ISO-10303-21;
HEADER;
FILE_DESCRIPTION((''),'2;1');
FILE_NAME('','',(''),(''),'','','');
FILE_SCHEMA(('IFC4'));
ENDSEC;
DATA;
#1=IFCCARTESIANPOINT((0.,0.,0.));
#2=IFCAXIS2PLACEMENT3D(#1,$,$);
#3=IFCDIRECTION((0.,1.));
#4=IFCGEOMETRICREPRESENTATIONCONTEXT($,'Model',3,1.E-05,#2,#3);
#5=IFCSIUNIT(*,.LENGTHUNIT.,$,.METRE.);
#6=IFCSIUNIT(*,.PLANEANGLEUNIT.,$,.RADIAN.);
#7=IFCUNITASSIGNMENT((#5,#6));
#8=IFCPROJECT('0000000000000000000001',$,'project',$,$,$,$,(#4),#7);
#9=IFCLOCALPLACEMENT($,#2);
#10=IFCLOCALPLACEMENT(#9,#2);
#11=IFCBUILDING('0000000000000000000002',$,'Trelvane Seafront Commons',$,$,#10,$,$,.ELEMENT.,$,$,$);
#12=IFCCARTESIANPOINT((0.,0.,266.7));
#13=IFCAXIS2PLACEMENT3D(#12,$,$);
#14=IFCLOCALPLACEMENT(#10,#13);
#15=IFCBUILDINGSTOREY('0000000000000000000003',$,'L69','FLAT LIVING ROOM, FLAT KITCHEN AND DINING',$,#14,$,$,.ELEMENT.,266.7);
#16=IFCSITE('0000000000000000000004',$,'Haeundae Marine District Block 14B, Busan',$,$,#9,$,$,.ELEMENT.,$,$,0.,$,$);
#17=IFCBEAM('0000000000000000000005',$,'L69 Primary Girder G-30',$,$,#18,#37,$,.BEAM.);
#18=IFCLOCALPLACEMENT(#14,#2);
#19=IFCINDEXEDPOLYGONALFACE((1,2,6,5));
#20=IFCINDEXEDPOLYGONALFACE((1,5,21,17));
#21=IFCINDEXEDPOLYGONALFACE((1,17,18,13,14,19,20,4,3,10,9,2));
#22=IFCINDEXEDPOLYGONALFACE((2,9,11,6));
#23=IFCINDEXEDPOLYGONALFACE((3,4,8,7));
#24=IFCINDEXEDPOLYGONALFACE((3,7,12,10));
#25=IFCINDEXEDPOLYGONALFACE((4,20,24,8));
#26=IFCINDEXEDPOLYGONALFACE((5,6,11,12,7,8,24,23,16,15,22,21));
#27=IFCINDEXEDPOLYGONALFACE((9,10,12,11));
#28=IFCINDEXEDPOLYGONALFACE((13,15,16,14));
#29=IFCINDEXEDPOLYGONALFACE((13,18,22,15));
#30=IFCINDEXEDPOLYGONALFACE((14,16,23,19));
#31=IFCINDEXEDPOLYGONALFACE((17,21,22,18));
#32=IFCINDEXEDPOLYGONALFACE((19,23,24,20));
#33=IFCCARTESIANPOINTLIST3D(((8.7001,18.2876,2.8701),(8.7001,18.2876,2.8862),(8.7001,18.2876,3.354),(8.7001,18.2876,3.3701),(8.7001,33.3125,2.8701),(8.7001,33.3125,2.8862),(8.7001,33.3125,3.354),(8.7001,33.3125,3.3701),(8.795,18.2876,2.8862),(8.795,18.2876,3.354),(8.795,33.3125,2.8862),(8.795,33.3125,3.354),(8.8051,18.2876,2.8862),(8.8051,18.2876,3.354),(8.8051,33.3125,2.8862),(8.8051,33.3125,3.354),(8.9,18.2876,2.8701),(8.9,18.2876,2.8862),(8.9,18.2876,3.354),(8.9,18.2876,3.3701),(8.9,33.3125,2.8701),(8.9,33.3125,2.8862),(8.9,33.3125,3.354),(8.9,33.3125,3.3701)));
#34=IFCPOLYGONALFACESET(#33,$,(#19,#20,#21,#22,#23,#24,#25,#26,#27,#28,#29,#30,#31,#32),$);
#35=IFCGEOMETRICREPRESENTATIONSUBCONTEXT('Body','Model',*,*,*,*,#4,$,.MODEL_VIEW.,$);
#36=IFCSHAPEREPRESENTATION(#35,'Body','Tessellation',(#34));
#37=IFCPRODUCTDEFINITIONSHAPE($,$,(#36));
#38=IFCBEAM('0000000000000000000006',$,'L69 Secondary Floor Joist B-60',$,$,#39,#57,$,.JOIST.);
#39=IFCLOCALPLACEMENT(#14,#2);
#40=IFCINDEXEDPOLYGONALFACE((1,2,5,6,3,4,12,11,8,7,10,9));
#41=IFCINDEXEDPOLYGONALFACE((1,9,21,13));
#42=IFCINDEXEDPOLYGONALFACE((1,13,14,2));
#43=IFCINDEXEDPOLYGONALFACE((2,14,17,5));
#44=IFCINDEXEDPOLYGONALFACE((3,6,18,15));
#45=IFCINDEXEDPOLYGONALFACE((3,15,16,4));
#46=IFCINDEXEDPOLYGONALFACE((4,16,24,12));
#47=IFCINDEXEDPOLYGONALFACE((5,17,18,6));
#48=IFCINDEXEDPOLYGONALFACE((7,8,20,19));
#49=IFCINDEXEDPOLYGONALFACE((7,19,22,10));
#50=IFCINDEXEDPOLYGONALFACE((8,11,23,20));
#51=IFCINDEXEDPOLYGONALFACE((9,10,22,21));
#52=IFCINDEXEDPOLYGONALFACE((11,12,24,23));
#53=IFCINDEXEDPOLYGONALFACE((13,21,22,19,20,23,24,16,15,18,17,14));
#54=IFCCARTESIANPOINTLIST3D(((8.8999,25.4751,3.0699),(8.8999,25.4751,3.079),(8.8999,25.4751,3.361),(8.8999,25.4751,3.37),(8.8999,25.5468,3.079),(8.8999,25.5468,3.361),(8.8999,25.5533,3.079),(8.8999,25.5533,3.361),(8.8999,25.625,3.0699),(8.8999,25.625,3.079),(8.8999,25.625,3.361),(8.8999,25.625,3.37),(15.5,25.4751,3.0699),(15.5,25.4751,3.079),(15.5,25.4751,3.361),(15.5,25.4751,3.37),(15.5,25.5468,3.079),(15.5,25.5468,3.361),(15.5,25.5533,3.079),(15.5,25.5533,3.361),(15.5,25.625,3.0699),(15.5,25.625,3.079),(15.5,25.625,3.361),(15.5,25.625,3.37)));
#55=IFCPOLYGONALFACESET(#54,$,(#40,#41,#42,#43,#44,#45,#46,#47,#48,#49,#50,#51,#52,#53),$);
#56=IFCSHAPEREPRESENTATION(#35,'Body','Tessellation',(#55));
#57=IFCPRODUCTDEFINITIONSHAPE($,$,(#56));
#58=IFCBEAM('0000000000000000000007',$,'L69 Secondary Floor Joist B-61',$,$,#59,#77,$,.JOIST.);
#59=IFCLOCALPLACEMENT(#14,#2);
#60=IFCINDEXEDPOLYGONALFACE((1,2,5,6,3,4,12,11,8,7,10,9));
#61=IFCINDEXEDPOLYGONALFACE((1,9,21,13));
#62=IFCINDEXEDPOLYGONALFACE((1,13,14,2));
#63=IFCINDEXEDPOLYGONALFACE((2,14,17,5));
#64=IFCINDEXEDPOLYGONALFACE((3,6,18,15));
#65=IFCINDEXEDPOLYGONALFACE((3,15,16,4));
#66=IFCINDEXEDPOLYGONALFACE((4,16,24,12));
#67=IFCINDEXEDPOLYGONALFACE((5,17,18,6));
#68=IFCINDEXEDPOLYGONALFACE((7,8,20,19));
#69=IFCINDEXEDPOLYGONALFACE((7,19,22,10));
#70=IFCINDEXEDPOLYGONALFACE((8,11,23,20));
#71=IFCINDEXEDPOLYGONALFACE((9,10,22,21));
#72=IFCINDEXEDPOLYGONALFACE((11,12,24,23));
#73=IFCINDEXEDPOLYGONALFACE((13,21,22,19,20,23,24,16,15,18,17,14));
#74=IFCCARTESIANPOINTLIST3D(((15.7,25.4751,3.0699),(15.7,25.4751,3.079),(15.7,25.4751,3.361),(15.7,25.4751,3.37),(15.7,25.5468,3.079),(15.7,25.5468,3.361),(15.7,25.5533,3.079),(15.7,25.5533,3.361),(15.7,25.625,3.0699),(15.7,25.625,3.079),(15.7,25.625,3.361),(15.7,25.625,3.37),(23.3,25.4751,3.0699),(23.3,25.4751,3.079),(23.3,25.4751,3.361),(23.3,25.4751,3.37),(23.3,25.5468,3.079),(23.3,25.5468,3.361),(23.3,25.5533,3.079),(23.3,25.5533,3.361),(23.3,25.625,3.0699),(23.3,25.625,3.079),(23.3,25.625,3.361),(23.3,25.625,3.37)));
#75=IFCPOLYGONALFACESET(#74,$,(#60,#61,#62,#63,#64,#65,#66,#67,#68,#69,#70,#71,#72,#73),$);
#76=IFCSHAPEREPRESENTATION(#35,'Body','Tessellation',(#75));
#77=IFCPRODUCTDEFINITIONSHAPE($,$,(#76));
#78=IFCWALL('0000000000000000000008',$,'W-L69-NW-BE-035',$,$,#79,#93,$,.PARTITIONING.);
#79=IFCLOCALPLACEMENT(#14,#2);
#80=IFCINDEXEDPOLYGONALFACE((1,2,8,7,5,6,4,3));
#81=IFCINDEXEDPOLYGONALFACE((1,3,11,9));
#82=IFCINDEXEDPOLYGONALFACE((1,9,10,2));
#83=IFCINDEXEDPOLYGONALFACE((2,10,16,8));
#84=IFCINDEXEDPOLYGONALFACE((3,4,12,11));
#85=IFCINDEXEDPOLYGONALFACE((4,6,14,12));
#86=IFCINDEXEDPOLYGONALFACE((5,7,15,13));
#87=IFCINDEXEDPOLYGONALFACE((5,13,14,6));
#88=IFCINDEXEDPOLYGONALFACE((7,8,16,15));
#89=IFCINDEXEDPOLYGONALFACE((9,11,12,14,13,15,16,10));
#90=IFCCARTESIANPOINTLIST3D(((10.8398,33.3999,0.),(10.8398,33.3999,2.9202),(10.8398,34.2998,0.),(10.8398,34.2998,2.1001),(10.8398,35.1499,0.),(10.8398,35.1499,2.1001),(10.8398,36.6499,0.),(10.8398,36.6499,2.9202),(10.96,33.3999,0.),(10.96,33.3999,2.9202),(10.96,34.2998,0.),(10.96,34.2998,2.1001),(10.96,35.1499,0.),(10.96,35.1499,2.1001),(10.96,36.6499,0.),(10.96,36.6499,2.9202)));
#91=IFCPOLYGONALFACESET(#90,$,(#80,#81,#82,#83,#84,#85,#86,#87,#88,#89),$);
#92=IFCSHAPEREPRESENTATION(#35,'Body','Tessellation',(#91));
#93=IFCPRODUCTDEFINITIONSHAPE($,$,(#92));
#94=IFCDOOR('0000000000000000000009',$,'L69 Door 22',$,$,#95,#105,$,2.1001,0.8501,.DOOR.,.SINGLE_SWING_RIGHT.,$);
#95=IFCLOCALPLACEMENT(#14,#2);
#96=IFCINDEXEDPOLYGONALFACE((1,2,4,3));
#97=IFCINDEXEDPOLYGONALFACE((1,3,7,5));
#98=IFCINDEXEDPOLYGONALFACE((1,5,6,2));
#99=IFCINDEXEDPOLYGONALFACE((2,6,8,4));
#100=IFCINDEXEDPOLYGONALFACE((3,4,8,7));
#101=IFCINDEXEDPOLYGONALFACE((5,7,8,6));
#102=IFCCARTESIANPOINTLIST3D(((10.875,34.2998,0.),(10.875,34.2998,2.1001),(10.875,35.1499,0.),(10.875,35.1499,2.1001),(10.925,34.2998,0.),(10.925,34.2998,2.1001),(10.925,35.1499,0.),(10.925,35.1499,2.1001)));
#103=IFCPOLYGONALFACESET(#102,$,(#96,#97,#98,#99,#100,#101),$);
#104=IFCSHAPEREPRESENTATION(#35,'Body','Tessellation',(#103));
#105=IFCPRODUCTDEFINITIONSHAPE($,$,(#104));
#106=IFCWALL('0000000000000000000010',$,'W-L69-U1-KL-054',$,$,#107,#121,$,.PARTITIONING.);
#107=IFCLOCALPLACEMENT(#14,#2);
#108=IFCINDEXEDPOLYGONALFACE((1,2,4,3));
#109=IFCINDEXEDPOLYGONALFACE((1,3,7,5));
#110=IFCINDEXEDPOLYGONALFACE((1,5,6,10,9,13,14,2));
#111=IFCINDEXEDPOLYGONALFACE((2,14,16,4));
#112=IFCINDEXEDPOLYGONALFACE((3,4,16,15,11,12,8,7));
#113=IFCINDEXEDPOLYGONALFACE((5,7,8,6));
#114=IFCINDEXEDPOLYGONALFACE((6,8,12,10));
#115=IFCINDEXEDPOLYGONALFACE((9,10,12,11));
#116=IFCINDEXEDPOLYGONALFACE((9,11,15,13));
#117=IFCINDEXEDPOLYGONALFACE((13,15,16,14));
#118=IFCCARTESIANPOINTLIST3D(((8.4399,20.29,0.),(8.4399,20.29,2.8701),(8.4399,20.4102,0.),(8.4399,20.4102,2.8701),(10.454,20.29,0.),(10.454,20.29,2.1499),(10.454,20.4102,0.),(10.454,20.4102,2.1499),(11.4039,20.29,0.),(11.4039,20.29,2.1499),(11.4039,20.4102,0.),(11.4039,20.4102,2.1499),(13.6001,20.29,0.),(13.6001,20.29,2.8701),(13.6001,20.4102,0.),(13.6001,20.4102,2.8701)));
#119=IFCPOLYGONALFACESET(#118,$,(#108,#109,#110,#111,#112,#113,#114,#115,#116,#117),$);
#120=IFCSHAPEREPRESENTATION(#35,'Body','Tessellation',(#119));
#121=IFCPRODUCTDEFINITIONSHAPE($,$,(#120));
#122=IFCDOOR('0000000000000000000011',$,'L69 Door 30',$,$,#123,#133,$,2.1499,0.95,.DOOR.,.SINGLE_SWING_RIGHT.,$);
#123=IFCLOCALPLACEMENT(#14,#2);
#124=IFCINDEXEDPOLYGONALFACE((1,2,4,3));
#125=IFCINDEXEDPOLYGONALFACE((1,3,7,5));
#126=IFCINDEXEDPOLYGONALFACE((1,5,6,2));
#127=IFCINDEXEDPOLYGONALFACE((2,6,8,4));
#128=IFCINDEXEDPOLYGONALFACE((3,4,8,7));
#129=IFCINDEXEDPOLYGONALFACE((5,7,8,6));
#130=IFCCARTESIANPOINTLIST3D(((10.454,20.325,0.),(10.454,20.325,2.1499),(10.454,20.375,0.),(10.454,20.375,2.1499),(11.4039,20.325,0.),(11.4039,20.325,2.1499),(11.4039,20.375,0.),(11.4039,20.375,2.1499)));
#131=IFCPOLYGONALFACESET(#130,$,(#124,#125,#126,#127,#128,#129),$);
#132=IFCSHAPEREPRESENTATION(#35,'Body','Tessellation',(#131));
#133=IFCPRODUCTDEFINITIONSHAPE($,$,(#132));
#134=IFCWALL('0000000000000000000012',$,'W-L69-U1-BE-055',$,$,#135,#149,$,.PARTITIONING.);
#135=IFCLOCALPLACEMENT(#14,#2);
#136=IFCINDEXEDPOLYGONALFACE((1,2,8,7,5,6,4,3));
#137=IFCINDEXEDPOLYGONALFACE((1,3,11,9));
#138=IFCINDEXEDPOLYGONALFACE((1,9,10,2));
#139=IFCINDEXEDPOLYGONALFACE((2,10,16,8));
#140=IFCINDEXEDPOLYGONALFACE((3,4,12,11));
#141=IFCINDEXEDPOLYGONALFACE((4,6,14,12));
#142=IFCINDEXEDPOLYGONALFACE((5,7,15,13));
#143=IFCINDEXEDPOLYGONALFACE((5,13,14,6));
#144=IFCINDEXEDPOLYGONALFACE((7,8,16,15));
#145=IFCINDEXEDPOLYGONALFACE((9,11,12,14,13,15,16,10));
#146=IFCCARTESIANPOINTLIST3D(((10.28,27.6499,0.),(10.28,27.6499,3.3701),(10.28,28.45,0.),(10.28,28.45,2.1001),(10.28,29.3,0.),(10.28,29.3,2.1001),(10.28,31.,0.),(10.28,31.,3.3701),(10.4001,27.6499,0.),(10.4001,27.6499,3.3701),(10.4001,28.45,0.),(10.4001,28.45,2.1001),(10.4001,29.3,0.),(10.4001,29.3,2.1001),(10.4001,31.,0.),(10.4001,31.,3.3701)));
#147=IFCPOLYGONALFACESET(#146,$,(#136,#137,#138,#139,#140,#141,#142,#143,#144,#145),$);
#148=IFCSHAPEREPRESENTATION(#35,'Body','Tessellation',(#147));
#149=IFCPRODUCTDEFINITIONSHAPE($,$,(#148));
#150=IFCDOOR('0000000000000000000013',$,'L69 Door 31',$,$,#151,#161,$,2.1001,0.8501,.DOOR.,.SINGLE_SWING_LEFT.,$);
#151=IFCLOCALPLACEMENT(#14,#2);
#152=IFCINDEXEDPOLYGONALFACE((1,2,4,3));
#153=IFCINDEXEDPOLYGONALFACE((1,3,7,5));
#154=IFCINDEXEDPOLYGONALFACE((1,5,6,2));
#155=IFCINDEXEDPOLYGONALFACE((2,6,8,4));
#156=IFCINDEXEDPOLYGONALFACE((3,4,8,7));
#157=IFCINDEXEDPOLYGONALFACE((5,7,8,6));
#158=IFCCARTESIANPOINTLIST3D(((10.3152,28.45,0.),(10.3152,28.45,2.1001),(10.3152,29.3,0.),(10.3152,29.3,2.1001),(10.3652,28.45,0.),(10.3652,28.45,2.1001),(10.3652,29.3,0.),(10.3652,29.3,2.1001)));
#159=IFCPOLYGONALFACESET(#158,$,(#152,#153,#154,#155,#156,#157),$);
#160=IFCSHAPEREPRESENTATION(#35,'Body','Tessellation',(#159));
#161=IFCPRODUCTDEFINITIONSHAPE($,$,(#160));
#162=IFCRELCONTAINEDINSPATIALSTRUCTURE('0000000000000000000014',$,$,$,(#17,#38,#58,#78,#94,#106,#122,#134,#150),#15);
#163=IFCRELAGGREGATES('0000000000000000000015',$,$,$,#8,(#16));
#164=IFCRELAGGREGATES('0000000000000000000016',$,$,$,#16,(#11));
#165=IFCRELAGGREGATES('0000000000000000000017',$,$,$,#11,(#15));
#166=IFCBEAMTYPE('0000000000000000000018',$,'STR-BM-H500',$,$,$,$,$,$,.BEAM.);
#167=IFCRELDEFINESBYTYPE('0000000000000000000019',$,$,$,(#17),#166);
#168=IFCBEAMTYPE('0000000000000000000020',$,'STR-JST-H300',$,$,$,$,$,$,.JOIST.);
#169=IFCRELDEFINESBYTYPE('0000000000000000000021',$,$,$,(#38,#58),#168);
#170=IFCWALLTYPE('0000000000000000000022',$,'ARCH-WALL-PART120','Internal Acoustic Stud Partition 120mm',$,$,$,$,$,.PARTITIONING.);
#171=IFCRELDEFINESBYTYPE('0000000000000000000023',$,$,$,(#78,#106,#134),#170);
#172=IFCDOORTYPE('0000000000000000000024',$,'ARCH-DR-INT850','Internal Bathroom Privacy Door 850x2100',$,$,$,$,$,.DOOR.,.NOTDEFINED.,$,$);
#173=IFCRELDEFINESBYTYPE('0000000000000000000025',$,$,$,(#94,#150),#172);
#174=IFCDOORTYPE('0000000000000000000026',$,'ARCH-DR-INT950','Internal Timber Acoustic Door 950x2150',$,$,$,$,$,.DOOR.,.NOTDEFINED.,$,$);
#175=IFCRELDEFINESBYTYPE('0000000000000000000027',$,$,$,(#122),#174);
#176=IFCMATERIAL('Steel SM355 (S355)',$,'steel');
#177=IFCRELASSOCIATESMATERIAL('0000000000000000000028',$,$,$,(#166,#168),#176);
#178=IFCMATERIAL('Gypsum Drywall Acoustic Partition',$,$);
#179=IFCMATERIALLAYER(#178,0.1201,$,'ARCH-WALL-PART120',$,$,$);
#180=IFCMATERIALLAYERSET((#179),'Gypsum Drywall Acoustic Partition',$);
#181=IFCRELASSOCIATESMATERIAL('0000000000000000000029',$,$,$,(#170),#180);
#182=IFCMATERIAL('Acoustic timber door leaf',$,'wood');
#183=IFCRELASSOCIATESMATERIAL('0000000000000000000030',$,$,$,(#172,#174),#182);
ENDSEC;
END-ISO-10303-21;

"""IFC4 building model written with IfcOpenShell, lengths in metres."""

from ifc_helpers import new_model, si_unit, direction, frame, frame_2d, origin, origin_2d, place, context, subcontext, project, spatial, rectangle, i_section, extrude, source, transform, mapped, material, layer, layer_set, material_profile, profile_set, type_object, element, fill, save


model = new_model("IFC4")

# Units and contexts
model_context = context("Model", 3, precision=1e-05, world=origin(), true_north=direction((0.0, 1.0)))
body_context = subcontext(model_context, "Body", "Model", "MODEL_VIEW")
ifc_project = project(units=[si_unit("LENGTHUNIT", "METRE"), si_unit("PLANEANGLEUNIT", "RADIAN")], contexts=[model_context])

# Site, building, storey
site_placement = place(None, origin())
site = spatial("IfcSite", under=ifc_project, at=site_placement, Name="Haeundae Marine District Block 14B, Busan", CompositionType="ELEMENT", RefElevation=0.0)
building_placement = place(site_placement, origin())
building = spatial("IfcBuilding", under=site, at=building_placement, Name="Trelvane Seafront Commons", CompositionType="ELEMENT")
storey_placement = place(building_placement, frame((0.0, 0.0, 266.7)))
storey = spatial("IfcBuildingStorey", under=building, at=storey_placement, Name="L69", Description="FLAT LIVING ROOM, FLAT KITCHEN AND DINING", CompositionType="ELEMENT", Elevation=266.7)

# Shared definitions
ifc_material_1 = material(Name="Steel SM355 (S355)", Category="steel")

# Beams
ifc_material_profile_1 = material_profile(ifc_material_1, i_section(OverallWidth=0.2, OverallDepth=0.5, WebThickness=0.01, FlangeThickness=0.0161, at=origin_2d()), Name="H-500x200x10x16")
ifc_profile_set_1 = profile_set([ifc_material_profile_1], Name="Steel SM355 (S355)")
beam_type_1 = type_object("IfcBeamType", Name="STR-BM-H500", PredefinedType="BEAM", material=ifc_profile_set_1)
shared_shape_1 = source(origin(), body_context, "Body", "SweptSolid", [
    extrude(i_section(OverallWidth=0.2, OverallDepth=0.5, WebThickness=0.01, FlangeThickness=0.0161, at=origin_2d()), origin(), (0.0, 0.0, 1.0), 15.0249),
])
beam_1_placement = place(storey_placement, frame((8.8, 18.2876, 3.1201), z_axis=(0.0, 1.0, 0.0), x_axis=(-1.0, 0.0, 0.0)))
element("IfcBeam", 1, at=beam_1_placement, inside=storey, type_object=beam_type_1, Name="L69 Primary Girder G-30", PredefinedType="BEAM", context=body_context, shape_type="MappedRepresentation", body=[
    mapped(shared_shape_1, transform((0.0, 0.0, 0.0), x_axis=(1.0, 0.0, 0.0), y_axis=(0.0, 1.0, 0.0), z_axis=(0.0, 0.0, 1.0), scale=1.0)),
])
ifc_material_profile_2 = material_profile(ifc_material_1, i_section(OverallWidth=0.1499, OverallDepth=0.3, WebThickness=0.0066, FlangeThickness=0.009, at=origin_2d()), Name="H-300x150x6.5x9")
ifc_profile_set_2 = profile_set([ifc_material_profile_2], Name="Steel SM355 (S355)")
beam_type_2 = type_object("IfcBeamType", Name="STR-JST-H300", PredefinedType="JOIST", material=ifc_profile_set_2)
shared_shape_2 = source(origin(), body_context, "Body", "SweptSolid", [
    extrude(i_section(OverallWidth=0.1499, OverallDepth=0.3, WebThickness=0.0066, FlangeThickness=0.009, at=origin_2d()), origin(), (0.0, 0.0, 1.0), 6.6001),
])
beam_2_placement = place(storey_placement, frame((8.8999, 25.55, 3.22), z_axis=(1.0, 0.0, 0.0), x_axis=(0.0, 1.0, 0.0)))
element("IfcBeam", 2, at=beam_2_placement, inside=storey, type_object=beam_type_2, Name="L69 Secondary Floor Joist B-60", PredefinedType="JOIST", context=body_context, shape_type="MappedRepresentation", body=[
    mapped(shared_shape_2, transform((0.0, 0.0, 0.0), x_axis=(1.0, 0.0, 0.0), y_axis=(0.0, 1.0, 0.0), z_axis=(0.0, 0.0, 1.0), scale=1.0)),
])
shared_shape_3 = source(origin(), body_context, "Body", "SweptSolid", [
    extrude(i_section(OverallWidth=0.1499, OverallDepth=0.3, WebThickness=0.0066, FlangeThickness=0.009, at=origin_2d()), origin(), (0.0, 0.0, 1.0), 7.6001),
])
beam_3_placement = place(storey_placement, frame((15.7, 25.55, 3.22), z_axis=(1.0, 0.0, 0.0), x_axis=(0.0, 1.0, 0.0)))
element("IfcBeam", 3, at=beam_3_placement, inside=storey, type_object=beam_type_2, Name="L69 Secondary Floor Joist B-61", PredefinedType="JOIST", context=body_context, shape_type="MappedRepresentation", body=[
    mapped(shared_shape_3, transform((0.0, 0.0, 0.0), x_axis=(1.0, 0.0, 0.0), y_axis=(0.0, 1.0, 0.0), z_axis=(0.0, 0.0, 1.0), scale=1.0)),
])

# Walls, openings, doors
ifc_material_2 = material(Name="Gypsum Drywall Acoustic Partition")
ifc_layer_1 = layer(ifc_material_2, 0.1201, Name="ARCH-WALL-PART120")
ifc_layer_set_1 = layer_set([ifc_layer_1], Name="Gypsum Drywall Acoustic Partition")
wall_type_1 = type_object("IfcWallType", Name="ARCH-WALL-PART120", Description="Internal Acoustic Stud Partition 120mm", PredefinedType="PARTITIONING", material=ifc_layer_set_1)
wall_1_placement = place(storey_placement, frame((10.8999, 33.3999, 0.0), z_axis=(0.0, 0.0, 1.0), x_axis=(0.0, 1.0, 0.0)))
wall_1 = element("IfcWall", 4, at=wall_1_placement, inside=storey, type_object=wall_type_1, Name="W-L69-NW-BE-035", PredefinedType="PARTITIONING", context=body_context, shape_type="SweptSolid", body=[
    extrude(rectangle(XDim=3.25, YDim=0.1201, at=frame_2d((1.625, 0.0))), origin(), (0.0, 0.0, 1.0), 2.9202),
])
opening_1_placement = place(wall_1_placement, frame((0.8999, 0.0, 0.0)))
opening_1 = element("IfcOpeningElement", 5, at=opening_1_placement, cuts=wall_1, PredefinedType="OPENING", context=body_context, shape_type="SweptSolid", body=[
    extrude(rectangle(XDim=0.8501, YDim=2.1001, at=frame_2d((0.425, 1.05))), frame((0.0, 0.0701, 0.0), z_axis=(0.0, -1.0, 0.0), x_axis=(1.0, 0.0, 0.0)), (0.0, 0.0, 1.0), 0.1401),
])
ifc_material_3 = material(Name="Acoustic timber door leaf", Category="wood")
door_type_1 = type_object("IfcDoorType", Name="ARCH-DR-INT850", Description="Internal Bathroom Privacy Door 850x2100", OperationType="NOTDEFINED", PredefinedType="DOOR", material=ifc_material_3)
shared_shape_4 = source(origin(), body_context, "Body", "SweptSolid", [
    extrude(rectangle(XDim=0.8501, YDim=2.1001, at=frame_2d((0.425, 1.05))), frame((0.0, 0.0249, 0.0), z_axis=(0.0, -1.0, 0.0), x_axis=(1.0, 0.0, 0.0)), (0.0, 0.0, 1.0), 0.05),
])
door_1_placement = place(opening_1_placement, origin())
door_1 = element("IfcDoor", 6, at=door_1_placement, inside=storey, type_object=door_type_1, Name="L69 Door 22", OperationType="SINGLE_SWING_RIGHT", OverallHeight=2.1001, OverallWidth=0.8501, PredefinedType="DOOR", context=body_context, shape_type="MappedRepresentation", body=[
    mapped(shared_shape_4, transform((0.0, 0.0, 0.0), x_axis=(1.0, 0.0, 0.0), y_axis=(0.0, 1.0, 0.0), z_axis=(0.0, 0.0, 1.0), scale=1.0)),
])
fill(opening_1, door_1)
wall_2_placement = place(storey_placement, frame((8.4399, 20.3501, 0.0), z_axis=(0.0, 0.0, 1.0), x_axis=(1.0, 0.0, 0.0)))
wall_2 = element("IfcWall", 7, at=wall_2_placement, inside=storey, type_object=wall_type_1, Name="W-L69-U1-KL-054", PredefinedType="PARTITIONING", context=body_context, shape_type="SweptSolid", body=[
    extrude(rectangle(XDim=5.1602, YDim=0.1201, at=frame_2d((2.5801, 0.0))), origin(), (0.0, 0.0, 1.0), 2.8701),
])
opening_2_placement = place(wall_2_placement, frame((2.0139, 0.0, 0.0)))
opening_2 = element("IfcOpeningElement", 8, at=opening_2_placement, cuts=wall_2, PredefinedType="OPENING", context=body_context, shape_type="SweptSolid", body=[
    extrude(rectangle(XDim=0.95, YDim=2.1499, at=frame_2d((0.4751, 1.075))), frame((0.0, 0.0701, 0.0), z_axis=(0.0, -1.0, 0.0), x_axis=(1.0, 0.0, 0.0)), (0.0, 0.0, 1.0), 0.1401),
])
door_type_2 = type_object("IfcDoorType", Name="ARCH-DR-INT950", Description="Internal Timber Acoustic Door 950x2150", OperationType="NOTDEFINED", PredefinedType="DOOR", material=ifc_material_3)
shared_shape_5 = source(origin(), body_context, "Body", "SweptSolid", [
    extrude(rectangle(XDim=0.95, YDim=2.1499, at=frame_2d((0.4751, 1.075))), frame((0.0, 0.0249, 0.0), z_axis=(0.0, -1.0, 0.0), x_axis=(1.0, 0.0, 0.0)), (0.0, 0.0, 1.0), 0.05),
])
door_2_placement = place(opening_2_placement, origin())
door_2 = element("IfcDoor", 9, at=door_2_placement, inside=storey, type_object=door_type_2, Name="L69 Door 30", OperationType="SINGLE_SWING_RIGHT", OverallHeight=2.1499, OverallWidth=0.95, PredefinedType="DOOR", context=body_context, shape_type="MappedRepresentation", body=[
    mapped(shared_shape_5, transform((0.0, 0.0, 0.0), x_axis=(1.0, 0.0, 0.0), y_axis=(0.0, 1.0, 0.0), z_axis=(0.0, 0.0, 1.0), scale=1.0)),
])
fill(opening_2, door_2)
wall_3_placement = place(storey_placement, frame((10.3401, 27.6499, 0.0), z_axis=(0.0, 0.0, 1.0), x_axis=(0.0, 1.0, 0.0)))
wall_3 = element("IfcWall", 10, at=wall_3_placement, inside=storey, type_object=wall_type_1, Name="W-L69-U1-BE-055", PredefinedType="PARTITIONING", context=body_context, shape_type="SweptSolid", body=[
    extrude(rectangle(XDim=3.3501, YDim=0.1201, at=frame_2d((1.675, 0.0))), origin(), (0.0, 0.0, 1.0), 3.3701),
])
opening_3_placement = place(wall_3_placement, frame((0.8, 0.0, 0.0)))
opening_3 = element("IfcOpeningElement", 11, at=opening_3_placement, cuts=wall_3, PredefinedType="OPENING", context=body_context, shape_type="SweptSolid", body=[
    extrude(rectangle(XDim=0.8501, YDim=2.1001, at=frame_2d((0.425, 1.05))), frame((0.0, 0.0701, 0.0), z_axis=(0.0, -1.0, 0.0), x_axis=(1.0, 0.0, 0.0)), (0.0, 0.0, 1.0), 0.1401),
])
door_3_placement = place(opening_3_placement, origin())
door_3 = element("IfcDoor", 12, at=door_3_placement, inside=storey, type_object=door_type_1, Name="L69 Door 31", OperationType="SINGLE_SWING_LEFT", OverallHeight=2.1001, OverallWidth=0.8501, PredefinedType="DOOR", context=body_context, shape_type="MappedRepresentation", body=[
    mapped(shared_shape_4, transform((0.0, 0.0, 0.0), x_axis=(1.0, 0.0, 0.0), y_axis=(0.0, 1.0, 0.0), z_axis=(0.0, 0.0, 1.0), scale=1.0)),
])
fill(opening_3, door_3)

save(model, "model.ifc")
